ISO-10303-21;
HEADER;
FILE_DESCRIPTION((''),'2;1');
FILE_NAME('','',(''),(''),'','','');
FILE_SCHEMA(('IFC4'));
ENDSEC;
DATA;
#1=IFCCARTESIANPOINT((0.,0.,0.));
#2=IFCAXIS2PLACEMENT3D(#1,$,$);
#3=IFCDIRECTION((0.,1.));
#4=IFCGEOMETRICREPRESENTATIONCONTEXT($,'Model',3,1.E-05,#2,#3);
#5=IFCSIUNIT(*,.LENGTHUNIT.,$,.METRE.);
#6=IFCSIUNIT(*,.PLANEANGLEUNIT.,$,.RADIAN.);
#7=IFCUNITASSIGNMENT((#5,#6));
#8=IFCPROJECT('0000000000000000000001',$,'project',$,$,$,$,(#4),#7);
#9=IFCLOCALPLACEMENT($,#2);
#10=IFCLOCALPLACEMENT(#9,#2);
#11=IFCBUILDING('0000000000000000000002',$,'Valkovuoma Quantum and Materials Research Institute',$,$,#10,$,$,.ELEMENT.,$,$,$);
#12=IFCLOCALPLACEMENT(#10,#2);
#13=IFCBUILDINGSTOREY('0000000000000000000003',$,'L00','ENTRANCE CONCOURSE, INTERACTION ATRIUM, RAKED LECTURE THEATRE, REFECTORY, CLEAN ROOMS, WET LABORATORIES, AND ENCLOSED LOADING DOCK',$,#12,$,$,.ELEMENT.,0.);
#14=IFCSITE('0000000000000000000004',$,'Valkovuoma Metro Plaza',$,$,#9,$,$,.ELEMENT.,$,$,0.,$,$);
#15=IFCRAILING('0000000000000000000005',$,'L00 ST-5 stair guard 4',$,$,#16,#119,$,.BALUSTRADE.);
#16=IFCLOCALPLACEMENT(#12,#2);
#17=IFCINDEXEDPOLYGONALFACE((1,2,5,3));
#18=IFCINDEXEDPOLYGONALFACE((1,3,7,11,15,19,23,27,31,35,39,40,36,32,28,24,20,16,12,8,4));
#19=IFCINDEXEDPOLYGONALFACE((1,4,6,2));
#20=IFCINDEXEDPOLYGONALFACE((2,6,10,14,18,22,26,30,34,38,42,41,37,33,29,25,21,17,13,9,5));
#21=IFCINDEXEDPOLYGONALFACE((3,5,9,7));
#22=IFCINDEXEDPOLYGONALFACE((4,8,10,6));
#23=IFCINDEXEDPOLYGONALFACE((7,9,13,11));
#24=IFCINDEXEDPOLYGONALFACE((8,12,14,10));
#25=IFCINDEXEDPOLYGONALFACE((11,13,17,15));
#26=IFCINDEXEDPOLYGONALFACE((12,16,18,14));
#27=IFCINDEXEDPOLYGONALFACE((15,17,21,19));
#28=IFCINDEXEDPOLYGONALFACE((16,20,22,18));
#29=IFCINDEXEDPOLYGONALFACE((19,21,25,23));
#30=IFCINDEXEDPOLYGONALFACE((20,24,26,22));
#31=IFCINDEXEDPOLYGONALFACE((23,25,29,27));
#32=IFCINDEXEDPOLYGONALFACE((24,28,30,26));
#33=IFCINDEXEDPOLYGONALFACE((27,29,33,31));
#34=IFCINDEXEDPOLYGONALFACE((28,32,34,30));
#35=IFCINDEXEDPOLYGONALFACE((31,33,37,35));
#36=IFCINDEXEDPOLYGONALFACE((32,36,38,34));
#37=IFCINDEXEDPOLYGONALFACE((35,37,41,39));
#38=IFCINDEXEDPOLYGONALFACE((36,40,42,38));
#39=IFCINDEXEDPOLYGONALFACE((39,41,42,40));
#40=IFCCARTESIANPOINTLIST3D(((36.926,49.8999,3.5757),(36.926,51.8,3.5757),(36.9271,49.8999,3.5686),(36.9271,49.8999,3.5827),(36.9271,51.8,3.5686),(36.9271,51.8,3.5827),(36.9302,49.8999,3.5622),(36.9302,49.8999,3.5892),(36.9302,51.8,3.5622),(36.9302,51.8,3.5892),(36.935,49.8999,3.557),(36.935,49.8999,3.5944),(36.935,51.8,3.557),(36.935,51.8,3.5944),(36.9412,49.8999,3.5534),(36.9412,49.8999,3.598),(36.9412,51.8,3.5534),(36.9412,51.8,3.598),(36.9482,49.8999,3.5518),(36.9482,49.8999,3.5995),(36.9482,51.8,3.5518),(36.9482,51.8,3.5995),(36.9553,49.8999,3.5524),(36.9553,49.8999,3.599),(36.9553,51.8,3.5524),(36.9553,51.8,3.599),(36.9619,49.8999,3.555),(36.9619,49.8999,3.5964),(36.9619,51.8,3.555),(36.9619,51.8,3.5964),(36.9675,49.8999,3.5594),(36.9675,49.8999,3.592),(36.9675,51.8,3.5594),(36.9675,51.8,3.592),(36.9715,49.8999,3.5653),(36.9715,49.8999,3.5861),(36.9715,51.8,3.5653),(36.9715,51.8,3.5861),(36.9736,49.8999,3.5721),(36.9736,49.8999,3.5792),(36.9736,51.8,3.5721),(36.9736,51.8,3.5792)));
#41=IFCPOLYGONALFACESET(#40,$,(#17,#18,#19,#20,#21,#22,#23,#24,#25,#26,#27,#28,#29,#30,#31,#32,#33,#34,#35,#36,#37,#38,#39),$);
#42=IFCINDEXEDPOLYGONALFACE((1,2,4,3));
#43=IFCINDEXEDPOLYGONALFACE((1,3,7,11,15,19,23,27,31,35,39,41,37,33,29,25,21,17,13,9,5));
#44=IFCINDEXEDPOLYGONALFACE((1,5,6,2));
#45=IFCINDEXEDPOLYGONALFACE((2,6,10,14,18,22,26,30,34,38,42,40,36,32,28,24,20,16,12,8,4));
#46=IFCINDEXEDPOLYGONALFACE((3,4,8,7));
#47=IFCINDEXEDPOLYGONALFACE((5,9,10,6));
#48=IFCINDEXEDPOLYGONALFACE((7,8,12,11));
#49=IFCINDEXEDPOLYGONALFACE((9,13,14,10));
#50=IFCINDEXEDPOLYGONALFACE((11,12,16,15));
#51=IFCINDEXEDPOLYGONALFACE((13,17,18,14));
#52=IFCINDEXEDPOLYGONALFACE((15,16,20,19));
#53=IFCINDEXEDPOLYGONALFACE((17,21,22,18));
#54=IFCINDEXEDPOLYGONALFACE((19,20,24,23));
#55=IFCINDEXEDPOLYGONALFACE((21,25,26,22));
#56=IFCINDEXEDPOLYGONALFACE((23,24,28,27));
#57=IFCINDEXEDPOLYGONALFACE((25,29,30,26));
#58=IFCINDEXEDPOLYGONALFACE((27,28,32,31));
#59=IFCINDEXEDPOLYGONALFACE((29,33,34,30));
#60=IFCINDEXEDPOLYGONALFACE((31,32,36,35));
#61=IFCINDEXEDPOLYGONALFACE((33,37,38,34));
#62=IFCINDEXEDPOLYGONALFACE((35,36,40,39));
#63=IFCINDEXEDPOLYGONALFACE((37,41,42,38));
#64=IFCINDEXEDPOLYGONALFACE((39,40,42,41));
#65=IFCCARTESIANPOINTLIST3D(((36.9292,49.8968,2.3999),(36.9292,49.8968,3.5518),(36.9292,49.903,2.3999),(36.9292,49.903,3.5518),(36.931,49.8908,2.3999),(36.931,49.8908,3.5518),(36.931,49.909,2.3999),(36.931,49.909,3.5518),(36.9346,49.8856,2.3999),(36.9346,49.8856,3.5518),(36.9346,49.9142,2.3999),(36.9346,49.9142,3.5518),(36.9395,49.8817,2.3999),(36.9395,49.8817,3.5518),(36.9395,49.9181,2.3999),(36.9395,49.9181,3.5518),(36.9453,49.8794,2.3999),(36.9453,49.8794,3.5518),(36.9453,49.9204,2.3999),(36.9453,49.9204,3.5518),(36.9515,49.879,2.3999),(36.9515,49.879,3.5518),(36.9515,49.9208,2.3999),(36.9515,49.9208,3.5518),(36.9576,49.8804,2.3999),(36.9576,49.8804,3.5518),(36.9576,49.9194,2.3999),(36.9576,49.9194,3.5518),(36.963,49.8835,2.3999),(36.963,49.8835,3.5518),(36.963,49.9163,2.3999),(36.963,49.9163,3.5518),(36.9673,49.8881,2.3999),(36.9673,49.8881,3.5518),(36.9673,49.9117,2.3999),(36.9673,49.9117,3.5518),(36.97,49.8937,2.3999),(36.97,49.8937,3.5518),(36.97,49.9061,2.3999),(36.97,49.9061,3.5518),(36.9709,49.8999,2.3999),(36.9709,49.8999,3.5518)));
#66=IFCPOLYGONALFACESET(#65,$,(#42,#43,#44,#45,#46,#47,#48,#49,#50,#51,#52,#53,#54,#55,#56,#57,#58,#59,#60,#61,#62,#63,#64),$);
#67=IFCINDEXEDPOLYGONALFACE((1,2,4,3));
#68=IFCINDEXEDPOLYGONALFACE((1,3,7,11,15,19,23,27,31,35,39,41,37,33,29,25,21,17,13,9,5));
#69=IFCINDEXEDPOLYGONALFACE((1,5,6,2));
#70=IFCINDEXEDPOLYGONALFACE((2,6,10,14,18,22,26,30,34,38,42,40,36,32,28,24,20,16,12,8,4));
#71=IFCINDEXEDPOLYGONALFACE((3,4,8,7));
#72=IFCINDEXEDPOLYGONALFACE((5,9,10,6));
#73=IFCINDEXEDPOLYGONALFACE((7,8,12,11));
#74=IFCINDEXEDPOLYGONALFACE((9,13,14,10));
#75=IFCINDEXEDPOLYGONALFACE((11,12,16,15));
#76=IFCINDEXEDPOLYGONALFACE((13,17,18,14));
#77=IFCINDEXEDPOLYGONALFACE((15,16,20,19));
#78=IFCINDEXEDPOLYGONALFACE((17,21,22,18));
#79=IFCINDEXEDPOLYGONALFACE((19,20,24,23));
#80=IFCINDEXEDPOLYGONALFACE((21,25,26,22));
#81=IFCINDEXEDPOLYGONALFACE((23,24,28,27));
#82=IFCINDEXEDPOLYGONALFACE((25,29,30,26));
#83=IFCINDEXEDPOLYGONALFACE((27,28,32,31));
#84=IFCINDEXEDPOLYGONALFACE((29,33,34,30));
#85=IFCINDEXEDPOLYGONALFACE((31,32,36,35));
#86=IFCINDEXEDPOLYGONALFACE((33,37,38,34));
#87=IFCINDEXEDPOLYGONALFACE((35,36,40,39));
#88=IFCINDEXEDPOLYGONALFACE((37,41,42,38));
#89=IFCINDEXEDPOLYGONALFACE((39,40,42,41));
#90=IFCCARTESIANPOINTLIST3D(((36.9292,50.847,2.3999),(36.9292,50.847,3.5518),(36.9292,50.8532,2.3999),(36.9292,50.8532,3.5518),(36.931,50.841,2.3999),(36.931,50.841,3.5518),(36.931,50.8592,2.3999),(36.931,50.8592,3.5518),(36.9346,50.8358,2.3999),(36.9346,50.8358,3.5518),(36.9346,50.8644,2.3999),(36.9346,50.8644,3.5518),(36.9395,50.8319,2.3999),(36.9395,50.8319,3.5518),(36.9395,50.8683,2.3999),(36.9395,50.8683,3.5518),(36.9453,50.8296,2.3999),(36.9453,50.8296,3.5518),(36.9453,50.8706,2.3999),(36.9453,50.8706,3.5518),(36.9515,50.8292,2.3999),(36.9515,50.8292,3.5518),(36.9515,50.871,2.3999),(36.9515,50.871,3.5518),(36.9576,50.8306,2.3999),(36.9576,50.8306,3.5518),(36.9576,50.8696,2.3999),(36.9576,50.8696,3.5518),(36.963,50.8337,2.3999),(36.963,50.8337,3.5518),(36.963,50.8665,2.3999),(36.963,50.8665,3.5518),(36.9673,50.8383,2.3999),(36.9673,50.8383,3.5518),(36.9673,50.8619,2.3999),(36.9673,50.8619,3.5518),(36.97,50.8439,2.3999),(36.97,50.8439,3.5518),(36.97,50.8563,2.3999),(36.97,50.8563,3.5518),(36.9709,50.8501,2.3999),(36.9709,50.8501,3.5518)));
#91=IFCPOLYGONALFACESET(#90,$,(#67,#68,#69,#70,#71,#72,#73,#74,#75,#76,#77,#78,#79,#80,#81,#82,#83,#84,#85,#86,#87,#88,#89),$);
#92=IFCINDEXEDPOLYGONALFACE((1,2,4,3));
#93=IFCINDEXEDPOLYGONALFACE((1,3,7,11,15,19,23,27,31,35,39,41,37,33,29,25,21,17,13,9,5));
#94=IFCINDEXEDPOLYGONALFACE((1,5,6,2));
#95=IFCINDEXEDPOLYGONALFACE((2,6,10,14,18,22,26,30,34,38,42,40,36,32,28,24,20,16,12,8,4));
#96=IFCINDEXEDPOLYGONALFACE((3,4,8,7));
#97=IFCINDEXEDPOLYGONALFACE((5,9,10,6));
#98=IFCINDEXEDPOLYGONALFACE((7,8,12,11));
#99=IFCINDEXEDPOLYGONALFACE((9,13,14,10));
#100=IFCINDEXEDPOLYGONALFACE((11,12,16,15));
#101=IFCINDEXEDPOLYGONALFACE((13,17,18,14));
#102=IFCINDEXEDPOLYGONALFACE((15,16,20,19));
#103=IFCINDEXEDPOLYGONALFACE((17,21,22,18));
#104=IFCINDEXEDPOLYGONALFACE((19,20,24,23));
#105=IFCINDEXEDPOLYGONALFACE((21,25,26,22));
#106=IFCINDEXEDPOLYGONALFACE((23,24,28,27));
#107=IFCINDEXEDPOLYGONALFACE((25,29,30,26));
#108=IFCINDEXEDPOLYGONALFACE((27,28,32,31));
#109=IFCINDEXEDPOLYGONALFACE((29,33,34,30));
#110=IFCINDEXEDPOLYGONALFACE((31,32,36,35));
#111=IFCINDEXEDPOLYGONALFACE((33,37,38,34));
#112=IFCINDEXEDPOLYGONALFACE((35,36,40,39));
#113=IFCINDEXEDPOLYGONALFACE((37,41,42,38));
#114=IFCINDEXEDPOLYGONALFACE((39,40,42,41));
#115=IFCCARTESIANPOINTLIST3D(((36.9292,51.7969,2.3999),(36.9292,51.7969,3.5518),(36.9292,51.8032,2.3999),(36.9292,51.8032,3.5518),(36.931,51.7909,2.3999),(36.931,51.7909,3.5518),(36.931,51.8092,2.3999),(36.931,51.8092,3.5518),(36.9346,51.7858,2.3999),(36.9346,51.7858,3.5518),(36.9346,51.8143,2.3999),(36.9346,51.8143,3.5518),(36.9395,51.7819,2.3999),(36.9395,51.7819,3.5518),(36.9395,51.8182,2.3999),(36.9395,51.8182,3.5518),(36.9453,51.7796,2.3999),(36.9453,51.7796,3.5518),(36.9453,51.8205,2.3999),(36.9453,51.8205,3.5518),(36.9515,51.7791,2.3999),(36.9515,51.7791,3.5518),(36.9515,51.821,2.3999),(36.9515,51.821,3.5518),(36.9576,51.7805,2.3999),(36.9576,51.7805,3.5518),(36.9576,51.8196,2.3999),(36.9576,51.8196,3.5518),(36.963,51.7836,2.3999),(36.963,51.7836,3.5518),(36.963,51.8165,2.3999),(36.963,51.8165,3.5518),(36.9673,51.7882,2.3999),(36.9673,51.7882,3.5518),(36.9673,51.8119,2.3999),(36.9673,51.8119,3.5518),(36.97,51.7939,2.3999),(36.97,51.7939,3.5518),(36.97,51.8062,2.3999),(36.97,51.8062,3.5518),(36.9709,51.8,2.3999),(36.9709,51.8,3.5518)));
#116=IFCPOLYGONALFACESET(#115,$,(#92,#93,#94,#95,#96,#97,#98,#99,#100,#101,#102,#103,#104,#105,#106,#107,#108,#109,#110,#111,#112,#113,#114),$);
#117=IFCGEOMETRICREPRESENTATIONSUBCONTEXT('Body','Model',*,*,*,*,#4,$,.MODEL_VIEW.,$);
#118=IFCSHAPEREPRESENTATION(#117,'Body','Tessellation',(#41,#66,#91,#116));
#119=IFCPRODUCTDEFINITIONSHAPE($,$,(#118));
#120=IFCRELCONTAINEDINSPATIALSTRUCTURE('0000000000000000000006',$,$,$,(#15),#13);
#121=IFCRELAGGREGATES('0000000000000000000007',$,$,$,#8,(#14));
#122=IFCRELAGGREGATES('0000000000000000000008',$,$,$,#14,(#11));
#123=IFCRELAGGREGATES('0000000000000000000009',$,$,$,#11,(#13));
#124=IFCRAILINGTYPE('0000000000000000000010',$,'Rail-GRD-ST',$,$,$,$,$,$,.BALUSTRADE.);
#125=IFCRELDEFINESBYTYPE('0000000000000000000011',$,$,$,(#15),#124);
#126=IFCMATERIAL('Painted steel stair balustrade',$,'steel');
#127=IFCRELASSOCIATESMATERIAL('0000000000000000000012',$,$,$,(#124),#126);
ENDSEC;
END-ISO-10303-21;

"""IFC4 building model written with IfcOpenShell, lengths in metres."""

from ifc_helpers import new_model, si_unit, direction, frame, origin, origin_2d, place, context, subcontext, project, spatial, circle, extrude, material, type_object, element, save


model = new_model("IFC4")

# Units and contexts
model_context = context("Model", 3, precision=1e-05, world=origin(), true_north=direction((0.0, 1.0)))
body_context = subcontext(model_context, "Body", "Model", "MODEL_VIEW")
ifc_project = project(units=[si_unit("LENGTHUNIT", "METRE"), si_unit("PLANEANGLEUNIT", "RADIAN")], contexts=[model_context])

# Site, building, storey
site_placement = place(None, origin())
site = spatial("IfcSite", under=ifc_project, at=site_placement, Name="Valkovuoma Metro Plaza", CompositionType="ELEMENT", RefElevation=0.0)
building_placement = place(site_placement, origin())
building = spatial("IfcBuilding", under=site, at=building_placement, Name="Valkovuoma Quantum and Materials Research Institute", CompositionType="ELEMENT")
storey_placement = place(building_placement, origin())
storey = spatial("IfcBuildingStorey", under=building, at=storey_placement, Name="L00", Description="ENTRANCE CONCOURSE, INTERACTION ATRIUM, RAKED LECTURE THEATRE, REFECTORY, CLEAN ROOMS, WET LABORATORIES, AND ENCLOSED LOADING DOCK", CompositionType="ELEMENT", Elevation=0.0)

# Railing
ifc_material_1 = material(Name="Painted steel stair balustrade", Category="steel")
railing_type_1 = type_object("IfcRailingType", Name="Rail-GRD-ST", PredefinedType="BALUSTRADE", material=ifc_material_1)
railing_1_placement = place(storey_placement, frame((36.95, 49.8999, 2.3999)))
element("IfcRailing", 1, at=railing_1_placement, inside=storey, type_object=railing_type_1, Name="L00 ST-5 stair guard 4", PredefinedType="BALUSTRADE", context=body_context, shape_type="SweptSolid", body=[
    extrude(circle(Radius=0.0239, at=origin_2d()), frame((0.0, 0.0, 1.1758), z_axis=(0.0, 1.0, 0.0), x_axis=(-1.0, 0.0, 0.0)), (0.0, 0.0, 1.0), 1.9001),
    extrude(circle(Radius=0.021, at=origin_2d()), origin(), (0.0, 0.0, 1.0), 1.1519),
    extrude(circle(Radius=0.021, at=origin_2d()), frame((0.0, 0.9502, 0.0)), (0.0, 0.0, 1.0), 1.1519),
    extrude(circle(Radius=0.021, at=origin_2d()), frame((0.0, 1.9001, 0.0)), (0.0, 0.0, 1.0), 1.1519),
])

save(model, "model.ifc")
